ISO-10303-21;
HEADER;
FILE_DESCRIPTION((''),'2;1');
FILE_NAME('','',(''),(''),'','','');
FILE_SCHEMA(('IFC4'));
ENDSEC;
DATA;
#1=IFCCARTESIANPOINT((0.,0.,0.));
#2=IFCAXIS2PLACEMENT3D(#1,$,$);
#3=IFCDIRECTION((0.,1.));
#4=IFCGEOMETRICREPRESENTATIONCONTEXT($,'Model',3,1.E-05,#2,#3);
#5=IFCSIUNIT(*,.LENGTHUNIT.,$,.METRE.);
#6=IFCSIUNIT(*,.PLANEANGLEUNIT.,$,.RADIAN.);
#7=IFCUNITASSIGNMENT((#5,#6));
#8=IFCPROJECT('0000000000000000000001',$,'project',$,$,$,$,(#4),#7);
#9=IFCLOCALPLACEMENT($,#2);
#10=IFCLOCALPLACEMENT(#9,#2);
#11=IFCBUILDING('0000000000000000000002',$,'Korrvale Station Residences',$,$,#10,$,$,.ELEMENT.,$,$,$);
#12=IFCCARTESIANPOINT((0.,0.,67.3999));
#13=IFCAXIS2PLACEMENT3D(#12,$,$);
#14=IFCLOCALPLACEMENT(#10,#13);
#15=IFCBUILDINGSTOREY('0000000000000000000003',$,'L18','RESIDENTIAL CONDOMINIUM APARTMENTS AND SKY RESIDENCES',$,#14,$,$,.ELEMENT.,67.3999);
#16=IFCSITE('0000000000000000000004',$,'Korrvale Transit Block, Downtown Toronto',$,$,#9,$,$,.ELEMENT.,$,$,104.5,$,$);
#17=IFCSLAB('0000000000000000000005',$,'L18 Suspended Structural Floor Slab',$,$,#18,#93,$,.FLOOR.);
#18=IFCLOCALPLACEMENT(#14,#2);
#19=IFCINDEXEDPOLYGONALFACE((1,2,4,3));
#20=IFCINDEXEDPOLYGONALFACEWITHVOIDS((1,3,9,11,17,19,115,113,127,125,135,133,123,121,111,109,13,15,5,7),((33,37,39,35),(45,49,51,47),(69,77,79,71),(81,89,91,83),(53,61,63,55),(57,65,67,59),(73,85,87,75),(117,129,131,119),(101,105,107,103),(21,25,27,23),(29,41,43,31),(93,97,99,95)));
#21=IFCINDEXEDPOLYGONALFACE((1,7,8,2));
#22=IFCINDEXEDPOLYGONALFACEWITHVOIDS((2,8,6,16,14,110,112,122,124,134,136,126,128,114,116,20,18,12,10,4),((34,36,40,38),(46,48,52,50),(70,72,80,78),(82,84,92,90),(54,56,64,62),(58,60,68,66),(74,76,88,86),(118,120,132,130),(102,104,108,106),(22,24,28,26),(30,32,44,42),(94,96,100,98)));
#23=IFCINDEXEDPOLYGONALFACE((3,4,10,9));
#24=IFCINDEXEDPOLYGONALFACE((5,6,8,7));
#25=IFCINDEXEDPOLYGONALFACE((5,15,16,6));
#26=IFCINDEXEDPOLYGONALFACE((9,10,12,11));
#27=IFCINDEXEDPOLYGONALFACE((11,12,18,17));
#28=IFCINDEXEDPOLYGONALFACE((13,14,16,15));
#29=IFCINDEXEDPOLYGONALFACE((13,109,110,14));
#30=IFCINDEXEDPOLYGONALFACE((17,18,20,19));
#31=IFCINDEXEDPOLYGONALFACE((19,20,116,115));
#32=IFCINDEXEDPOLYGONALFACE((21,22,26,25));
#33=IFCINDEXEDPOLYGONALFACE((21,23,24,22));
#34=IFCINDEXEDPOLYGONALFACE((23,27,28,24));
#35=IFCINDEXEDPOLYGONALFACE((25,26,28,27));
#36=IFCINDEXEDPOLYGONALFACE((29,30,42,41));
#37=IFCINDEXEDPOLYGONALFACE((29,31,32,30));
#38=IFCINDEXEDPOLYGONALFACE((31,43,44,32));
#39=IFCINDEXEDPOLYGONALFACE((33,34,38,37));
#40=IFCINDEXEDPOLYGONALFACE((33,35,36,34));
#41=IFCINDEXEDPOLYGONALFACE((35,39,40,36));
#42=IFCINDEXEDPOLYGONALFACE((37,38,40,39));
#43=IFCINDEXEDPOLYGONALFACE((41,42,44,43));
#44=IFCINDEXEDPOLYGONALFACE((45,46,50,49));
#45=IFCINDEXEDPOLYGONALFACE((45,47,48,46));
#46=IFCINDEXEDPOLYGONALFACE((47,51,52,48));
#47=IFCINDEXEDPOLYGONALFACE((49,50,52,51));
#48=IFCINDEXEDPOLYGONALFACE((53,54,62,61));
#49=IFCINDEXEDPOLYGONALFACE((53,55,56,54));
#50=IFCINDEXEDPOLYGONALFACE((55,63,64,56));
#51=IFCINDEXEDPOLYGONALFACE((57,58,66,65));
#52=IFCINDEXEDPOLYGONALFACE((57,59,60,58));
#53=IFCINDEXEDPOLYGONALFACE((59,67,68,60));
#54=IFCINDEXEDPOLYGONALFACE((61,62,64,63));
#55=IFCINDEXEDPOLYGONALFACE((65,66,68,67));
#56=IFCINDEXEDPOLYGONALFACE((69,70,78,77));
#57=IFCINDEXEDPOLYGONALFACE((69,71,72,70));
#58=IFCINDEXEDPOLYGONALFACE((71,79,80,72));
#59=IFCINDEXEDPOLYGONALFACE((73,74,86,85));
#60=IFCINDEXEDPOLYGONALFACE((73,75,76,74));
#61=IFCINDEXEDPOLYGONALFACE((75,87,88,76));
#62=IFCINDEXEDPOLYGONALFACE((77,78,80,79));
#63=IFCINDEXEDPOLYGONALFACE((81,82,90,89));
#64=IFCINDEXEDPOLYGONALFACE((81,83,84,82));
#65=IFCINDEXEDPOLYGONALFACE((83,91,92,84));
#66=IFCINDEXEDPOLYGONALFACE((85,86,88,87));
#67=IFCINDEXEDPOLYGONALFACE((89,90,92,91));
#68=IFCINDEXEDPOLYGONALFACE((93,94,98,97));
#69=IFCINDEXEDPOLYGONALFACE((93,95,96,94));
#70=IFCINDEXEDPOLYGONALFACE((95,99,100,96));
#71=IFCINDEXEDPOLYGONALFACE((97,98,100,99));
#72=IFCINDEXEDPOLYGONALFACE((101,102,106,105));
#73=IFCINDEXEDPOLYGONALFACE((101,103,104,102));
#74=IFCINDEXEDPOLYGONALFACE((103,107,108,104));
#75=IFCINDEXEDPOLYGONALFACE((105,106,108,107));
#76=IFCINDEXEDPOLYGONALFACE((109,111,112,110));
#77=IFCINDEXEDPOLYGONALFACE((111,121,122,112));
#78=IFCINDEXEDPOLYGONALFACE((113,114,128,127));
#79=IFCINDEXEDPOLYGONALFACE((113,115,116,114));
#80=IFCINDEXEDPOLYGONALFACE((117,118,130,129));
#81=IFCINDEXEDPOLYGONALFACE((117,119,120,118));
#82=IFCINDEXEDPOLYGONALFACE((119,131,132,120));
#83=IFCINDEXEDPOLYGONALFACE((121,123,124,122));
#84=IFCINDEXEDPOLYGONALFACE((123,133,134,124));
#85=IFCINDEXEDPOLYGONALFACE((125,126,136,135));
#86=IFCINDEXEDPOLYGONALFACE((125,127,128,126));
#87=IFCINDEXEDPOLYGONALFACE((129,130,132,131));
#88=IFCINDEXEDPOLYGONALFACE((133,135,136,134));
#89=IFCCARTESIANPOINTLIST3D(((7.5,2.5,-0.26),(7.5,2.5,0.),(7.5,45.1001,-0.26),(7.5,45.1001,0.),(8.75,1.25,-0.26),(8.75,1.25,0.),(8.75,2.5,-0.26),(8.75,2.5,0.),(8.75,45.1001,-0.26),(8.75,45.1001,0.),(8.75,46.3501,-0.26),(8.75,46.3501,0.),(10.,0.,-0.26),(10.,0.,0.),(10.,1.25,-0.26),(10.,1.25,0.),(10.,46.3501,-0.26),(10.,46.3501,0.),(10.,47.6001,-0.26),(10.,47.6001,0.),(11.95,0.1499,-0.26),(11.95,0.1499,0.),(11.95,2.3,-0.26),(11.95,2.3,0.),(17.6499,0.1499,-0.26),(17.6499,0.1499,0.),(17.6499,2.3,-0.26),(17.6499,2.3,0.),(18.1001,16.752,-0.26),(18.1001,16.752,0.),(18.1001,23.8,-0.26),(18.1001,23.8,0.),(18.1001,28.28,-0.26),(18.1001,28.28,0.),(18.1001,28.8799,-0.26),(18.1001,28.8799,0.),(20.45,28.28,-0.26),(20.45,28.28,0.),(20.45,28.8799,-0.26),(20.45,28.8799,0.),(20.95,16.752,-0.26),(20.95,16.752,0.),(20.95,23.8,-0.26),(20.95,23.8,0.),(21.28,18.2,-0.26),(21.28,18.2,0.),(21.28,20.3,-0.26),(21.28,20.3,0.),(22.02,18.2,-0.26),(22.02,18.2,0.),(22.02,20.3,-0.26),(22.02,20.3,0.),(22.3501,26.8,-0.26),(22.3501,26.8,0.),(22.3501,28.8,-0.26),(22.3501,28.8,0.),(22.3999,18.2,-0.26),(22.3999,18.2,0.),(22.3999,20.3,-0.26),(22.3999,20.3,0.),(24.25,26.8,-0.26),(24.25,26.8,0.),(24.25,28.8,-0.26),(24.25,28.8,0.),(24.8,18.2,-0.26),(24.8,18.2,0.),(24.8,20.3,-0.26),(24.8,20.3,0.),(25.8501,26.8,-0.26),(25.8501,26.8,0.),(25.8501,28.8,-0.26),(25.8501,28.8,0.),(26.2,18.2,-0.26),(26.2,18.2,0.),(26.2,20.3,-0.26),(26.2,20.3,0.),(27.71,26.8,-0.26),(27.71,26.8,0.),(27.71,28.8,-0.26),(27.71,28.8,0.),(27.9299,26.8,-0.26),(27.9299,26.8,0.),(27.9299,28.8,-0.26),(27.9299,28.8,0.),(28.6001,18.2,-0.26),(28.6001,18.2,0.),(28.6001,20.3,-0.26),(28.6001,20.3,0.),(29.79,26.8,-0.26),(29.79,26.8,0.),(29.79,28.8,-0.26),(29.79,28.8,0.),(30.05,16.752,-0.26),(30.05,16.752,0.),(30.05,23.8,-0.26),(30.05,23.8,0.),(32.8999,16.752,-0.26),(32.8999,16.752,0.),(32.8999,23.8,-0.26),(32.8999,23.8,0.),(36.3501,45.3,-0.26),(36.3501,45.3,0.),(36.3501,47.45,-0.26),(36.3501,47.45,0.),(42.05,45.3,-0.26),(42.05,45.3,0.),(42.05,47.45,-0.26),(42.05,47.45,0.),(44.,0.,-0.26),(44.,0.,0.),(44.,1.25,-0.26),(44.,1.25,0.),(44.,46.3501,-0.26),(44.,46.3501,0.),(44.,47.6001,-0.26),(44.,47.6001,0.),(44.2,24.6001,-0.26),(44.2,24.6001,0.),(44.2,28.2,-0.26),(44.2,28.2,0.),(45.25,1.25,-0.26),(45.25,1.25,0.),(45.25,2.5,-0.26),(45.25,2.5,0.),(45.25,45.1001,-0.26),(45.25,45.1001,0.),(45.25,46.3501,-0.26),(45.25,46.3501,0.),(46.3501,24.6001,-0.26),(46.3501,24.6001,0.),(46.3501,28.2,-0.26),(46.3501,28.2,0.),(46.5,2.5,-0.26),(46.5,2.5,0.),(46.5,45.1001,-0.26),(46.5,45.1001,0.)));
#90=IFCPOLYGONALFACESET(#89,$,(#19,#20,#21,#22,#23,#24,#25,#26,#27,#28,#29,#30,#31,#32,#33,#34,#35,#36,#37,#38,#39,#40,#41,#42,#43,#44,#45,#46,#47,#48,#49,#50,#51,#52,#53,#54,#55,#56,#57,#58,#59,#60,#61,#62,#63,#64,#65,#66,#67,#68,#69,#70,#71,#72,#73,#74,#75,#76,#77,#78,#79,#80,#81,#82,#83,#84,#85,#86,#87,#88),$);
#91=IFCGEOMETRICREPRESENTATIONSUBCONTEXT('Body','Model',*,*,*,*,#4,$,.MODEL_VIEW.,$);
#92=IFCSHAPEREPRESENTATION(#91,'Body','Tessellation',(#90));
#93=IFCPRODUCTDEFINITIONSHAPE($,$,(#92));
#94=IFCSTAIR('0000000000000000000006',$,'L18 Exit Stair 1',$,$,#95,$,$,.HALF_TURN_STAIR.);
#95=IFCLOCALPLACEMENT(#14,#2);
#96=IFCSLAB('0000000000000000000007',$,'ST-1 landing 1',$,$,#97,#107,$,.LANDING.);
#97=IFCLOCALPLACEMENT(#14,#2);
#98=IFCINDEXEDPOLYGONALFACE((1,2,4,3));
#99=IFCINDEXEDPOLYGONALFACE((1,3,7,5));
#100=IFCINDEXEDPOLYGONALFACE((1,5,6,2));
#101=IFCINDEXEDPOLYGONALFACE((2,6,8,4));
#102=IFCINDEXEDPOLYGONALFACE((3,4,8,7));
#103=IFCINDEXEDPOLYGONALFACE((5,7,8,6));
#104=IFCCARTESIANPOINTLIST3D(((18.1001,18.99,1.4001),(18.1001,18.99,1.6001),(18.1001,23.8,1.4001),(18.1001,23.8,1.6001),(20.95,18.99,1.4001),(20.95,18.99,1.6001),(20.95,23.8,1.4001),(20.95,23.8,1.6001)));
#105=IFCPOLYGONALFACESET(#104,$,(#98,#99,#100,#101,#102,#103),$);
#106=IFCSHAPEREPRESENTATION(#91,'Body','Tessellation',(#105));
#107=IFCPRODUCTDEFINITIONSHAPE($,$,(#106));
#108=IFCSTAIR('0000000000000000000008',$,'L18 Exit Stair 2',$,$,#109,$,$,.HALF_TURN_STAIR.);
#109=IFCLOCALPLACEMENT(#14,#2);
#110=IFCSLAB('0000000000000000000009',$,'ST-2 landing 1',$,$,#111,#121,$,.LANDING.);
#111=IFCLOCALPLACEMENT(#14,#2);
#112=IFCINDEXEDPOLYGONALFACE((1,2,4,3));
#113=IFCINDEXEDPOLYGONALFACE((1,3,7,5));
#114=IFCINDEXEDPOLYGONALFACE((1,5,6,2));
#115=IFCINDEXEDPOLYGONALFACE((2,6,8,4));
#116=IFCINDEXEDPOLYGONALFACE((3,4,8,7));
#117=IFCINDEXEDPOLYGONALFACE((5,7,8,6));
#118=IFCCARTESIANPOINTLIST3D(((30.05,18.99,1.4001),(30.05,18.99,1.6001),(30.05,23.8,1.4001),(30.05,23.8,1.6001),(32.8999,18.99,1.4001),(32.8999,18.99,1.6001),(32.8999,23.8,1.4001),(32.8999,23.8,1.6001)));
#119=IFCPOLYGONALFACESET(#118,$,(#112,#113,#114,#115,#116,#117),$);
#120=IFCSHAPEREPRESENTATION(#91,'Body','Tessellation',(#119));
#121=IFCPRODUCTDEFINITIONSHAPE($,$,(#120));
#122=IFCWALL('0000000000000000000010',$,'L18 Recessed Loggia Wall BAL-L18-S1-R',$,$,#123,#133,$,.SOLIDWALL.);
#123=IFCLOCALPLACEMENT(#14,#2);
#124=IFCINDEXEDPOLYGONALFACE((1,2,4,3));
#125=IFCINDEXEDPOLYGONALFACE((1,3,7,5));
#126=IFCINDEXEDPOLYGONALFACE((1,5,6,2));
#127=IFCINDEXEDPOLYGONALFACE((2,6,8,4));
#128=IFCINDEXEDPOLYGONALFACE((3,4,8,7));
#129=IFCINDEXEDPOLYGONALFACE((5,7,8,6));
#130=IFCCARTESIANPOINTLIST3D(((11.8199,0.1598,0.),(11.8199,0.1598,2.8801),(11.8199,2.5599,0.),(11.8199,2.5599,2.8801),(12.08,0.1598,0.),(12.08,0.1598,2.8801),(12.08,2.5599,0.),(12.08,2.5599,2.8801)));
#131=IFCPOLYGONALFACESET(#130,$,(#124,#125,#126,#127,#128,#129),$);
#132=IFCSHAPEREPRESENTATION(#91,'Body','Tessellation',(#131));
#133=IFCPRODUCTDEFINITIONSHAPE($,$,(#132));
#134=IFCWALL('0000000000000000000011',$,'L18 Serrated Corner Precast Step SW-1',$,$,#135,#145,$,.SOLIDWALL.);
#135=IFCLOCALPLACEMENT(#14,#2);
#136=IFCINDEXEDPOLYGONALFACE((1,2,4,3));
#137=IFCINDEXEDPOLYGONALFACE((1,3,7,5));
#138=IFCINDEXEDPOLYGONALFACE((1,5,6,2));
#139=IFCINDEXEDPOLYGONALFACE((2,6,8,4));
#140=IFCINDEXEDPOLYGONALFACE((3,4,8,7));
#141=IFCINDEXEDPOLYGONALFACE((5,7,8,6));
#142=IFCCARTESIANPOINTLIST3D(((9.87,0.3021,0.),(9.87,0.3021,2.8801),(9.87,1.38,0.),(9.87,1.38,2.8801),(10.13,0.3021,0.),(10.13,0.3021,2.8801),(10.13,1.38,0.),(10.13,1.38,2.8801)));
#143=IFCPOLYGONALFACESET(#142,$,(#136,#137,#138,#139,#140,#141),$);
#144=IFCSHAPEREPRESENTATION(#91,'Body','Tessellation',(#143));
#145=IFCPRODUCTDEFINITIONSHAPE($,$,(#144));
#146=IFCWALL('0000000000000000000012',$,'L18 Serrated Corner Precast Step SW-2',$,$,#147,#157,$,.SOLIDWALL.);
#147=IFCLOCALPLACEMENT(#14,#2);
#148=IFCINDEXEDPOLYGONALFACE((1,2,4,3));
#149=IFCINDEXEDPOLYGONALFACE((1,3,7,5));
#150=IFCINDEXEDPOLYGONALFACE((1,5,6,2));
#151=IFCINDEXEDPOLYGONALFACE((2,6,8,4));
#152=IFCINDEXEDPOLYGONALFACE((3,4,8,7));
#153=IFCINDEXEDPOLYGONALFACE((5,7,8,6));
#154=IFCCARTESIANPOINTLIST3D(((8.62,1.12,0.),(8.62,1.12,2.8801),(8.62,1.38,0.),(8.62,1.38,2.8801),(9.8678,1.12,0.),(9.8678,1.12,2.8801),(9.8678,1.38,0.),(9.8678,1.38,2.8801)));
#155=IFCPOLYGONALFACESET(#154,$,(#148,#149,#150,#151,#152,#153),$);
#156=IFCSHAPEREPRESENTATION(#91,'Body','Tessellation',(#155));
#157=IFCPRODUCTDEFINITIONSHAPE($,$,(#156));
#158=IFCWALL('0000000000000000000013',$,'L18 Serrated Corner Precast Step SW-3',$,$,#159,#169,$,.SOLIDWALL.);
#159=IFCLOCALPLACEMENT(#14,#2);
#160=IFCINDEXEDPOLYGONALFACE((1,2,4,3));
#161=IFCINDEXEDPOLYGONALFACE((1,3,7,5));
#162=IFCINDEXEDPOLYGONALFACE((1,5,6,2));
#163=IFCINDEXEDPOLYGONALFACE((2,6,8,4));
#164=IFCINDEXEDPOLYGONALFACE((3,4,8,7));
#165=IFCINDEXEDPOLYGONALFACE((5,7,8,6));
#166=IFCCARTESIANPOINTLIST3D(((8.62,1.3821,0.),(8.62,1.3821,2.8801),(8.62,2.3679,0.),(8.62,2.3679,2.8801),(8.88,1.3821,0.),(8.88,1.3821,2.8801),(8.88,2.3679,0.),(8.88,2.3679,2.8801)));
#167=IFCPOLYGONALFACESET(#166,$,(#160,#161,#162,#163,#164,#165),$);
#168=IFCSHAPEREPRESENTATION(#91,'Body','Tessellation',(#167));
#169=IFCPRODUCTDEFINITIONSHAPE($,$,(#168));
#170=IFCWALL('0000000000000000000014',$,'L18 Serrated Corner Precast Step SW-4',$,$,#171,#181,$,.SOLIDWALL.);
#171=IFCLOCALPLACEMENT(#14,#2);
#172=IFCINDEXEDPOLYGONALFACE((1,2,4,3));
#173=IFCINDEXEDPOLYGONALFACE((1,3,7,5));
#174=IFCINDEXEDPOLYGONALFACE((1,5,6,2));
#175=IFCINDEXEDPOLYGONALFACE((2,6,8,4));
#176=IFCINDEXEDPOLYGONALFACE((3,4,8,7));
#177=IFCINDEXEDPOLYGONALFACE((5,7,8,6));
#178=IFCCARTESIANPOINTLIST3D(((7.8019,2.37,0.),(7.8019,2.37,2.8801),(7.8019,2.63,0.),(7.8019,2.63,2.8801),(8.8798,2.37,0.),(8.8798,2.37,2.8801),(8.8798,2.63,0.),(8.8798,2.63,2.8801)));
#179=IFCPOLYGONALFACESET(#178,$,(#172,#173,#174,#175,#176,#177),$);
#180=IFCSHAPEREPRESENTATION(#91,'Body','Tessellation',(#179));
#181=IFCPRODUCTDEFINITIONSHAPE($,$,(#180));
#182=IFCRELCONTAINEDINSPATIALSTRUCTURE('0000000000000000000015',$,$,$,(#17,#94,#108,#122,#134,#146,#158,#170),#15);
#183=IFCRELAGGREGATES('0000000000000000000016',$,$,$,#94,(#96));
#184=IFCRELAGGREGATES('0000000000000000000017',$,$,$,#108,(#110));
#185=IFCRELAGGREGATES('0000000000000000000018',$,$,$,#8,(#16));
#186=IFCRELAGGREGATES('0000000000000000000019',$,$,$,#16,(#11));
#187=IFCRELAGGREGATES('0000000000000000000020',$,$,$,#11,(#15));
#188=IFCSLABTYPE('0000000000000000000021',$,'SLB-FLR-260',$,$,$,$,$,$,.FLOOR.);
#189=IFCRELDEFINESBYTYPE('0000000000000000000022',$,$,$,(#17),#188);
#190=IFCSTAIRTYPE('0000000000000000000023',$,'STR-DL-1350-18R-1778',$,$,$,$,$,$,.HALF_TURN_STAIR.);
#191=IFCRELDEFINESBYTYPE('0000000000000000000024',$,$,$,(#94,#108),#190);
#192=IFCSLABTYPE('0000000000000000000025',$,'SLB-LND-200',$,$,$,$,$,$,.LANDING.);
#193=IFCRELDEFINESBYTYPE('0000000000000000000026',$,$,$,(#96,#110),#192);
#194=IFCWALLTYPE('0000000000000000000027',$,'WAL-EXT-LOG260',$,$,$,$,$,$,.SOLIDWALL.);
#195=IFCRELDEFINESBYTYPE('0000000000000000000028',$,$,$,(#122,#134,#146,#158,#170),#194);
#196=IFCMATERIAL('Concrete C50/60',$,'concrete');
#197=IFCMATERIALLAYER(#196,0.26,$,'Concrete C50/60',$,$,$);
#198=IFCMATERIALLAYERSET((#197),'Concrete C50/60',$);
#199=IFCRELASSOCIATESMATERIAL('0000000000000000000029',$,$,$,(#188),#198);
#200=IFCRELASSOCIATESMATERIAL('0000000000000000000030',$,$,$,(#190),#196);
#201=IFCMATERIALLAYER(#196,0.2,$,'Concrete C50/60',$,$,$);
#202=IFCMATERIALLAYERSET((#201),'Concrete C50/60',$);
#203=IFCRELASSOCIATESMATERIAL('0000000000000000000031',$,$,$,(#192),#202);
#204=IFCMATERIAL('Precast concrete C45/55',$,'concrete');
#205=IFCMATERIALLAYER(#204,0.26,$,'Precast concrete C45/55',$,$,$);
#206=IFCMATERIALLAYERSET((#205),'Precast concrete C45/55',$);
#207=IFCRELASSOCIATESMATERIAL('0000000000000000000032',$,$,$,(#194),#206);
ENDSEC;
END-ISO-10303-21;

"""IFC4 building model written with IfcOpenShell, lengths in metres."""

from ifc_helpers import new_model, si_unit, direction, frame, frame_2d, origin, place, context, subcontext, project, spatial, polyline, rectangle, outline, extrude, material, layer, layer_set, type_object, element, aggregate, save


model = new_model("IFC4")

# Units and contexts
model_context = context("Model", 3, precision=1e-05, world=origin(), true_north=direction((0.0, 1.0)))
body_context = subcontext(model_context, "Body", "Model", "MODEL_VIEW")
ifc_project = project(units=[si_unit("LENGTHUNIT", "METRE"), si_unit("PLANEANGLEUNIT", "RADIAN")], contexts=[model_context])

# Site, building, storey
site_placement = place(None, origin())
site = spatial("IfcSite", under=ifc_project, at=site_placement, Name="Korrvale Transit Block, Downtown Toronto", CompositionType="ELEMENT", RefElevation=104.5)
building_placement = place(site_placement, origin())
building = spatial("IfcBuilding", under=site, at=building_placement, Name="Korrvale Station Residences", CompositionType="ELEMENT")
storey_placement = place(building_placement, frame((0.0, 0.0, 67.3999)))
storey = spatial("IfcBuildingStorey", under=building, at=storey_placement, Name="L18", Description="RESIDENTIAL CONDOMINIUM APARTMENTS AND SKY RESIDENCES", CompositionType="ELEMENT", Elevation=67.3999)

# Slab
ifc_material_1 = material(Name="Concrete C50/60", Category="concrete")
ifc_layer_1 = layer(ifc_material_1, 0.26, Name="Concrete C50/60")
ifc_layer_set_1 = layer_set([ifc_layer_1], Name="Concrete C50/60")
slab_type_1 = type_object("IfcSlabType", Name="SLB-FLR-260", PredefinedType="FLOOR", material=ifc_layer_set_1)
slab_1_placement = place(storey_placement, frame((0.0, 0.0, -0.26)))
element("IfcSlab", 1, at=slab_1_placement, inside=storey, type_object=slab_type_1, Name="L18 Suspended Structural Floor Slab", PredefinedType="FLOOR", context=body_context, shape_type="SweptSolid", body=[
    extrude(outline(polyline([(10.0, 0.0), (44.0, 0.0), (44.0, 1.25), (45.25, 1.25), (45.25, 2.5), (46.5, 2.5), (46.5, 45.1001), (45.25, 45.1001), (45.25, 46.3501), (44.0, 46.3501), (44.0, 47.6001), (10.0, 47.6001), (10.0, 46.3501), (8.75, 46.3501), (8.75, 45.1001), (7.5, 45.1001), (7.5, 2.5), (8.75, 2.5), (8.75, 1.25), (10.0, 1.25), (10.0, 0.0)]), holes=[polyline([(20.95, 16.752), (20.95, 23.8), (18.1001, 23.8), (18.1001, 16.752), (20.95, 16.752)]), polyline([(32.8999, 16.752), (32.8999, 23.8), (30.05, 23.8), (30.05, 16.752), (32.8999, 16.752)]), polyline([(22.3501, 26.8), (24.25, 26.8), (24.25, 28.8), (22.3501, 28.8), (22.3501, 26.8)]), polyline([(25.8501, 26.8), (27.71, 26.8), (27.71, 28.8), (25.8501, 28.8), (25.8501, 26.8)]), polyline([(27.9299, 26.8), (29.79, 26.8), (29.79, 28.8), (27.9299, 28.8), (27.9299, 26.8)]), polyline([(22.3999, 18.2), (24.8, 18.2), (24.8, 20.3), (22.3999, 20.3), (22.3999, 18.2)]), polyline([(26.2, 18.2), (28.6001, 18.2), (28.6001, 20.3), (26.2, 20.3), (26.2, 18.2)]), polyline([(18.1001, 28.28), (20.45, 28.28), (20.45, 28.8799), (18.1001, 28.8799), (18.1001, 28.28)]), polyline([(21.28, 18.2), (22.02, 18.2), (22.02, 20.3), (21.28, 20.3), (21.28, 18.2)]), polyline([(11.95, 0.1499), (17.6499, 0.1499), (17.6499, 2.3), (11.95, 2.3), (11.95, 0.1499)]), polyline([(36.3501, 45.3), (42.05, 45.3), (42.05, 47.45), (36.3501, 47.45), (36.3501, 45.3)]), polyline([(44.2, 24.6001), (46.3501, 24.6001), (46.3501, 28.2), (44.2, 28.2), (44.2, 24.6001)])]), origin(), (0.0, 0.0, 1.0), 0.26),
])

# Stairs, slabs
stair_type = type_object("IfcStairType", Name="STR-DL-1350-18R-1778", PredefinedType="HALF_TURN_STAIR", material=ifc_material_1)
stair_1_placement = place(storey_placement, origin())
stair_1 = element("IfcStair", 2, at=stair_1_placement, inside=storey, type_object=stair_type, Name="L18 Exit Stair 1", PredefinedType="HALF_TURN_STAIR")
ifc_layer_2 = layer(ifc_material_1, 0.2, Name="Concrete C50/60")
ifc_layer_set_2 = layer_set([ifc_layer_2], Name="Concrete C50/60")
slab_type_2 = type_object("IfcSlabType", Name="SLB-LND-200", PredefinedType="LANDING", material=ifc_layer_set_2)
slab_2_placement = place(storey_placement, frame((0.0, 0.0, 1.4001)))
slab_2 = element("IfcSlab", 3, at=slab_2_placement, type_object=slab_type_2, Name="ST-1 landing 1", PredefinedType="LANDING", context=body_context, shape_type="SweptSolid", body=[
    extrude(outline(polyline([(20.95, 18.99), (20.95, 23.8), (18.1001, 23.8), (18.1001, 18.99), (20.95, 18.99)])), origin(), (0.0, 0.0, 1.0), 0.2),
])
aggregate(stair_1, [slab_2])
stair_2_placement = place(storey_placement, origin())
stair_2 = element("IfcStair", 4, at=stair_2_placement, inside=storey, type_object=stair_type, Name="L18 Exit Stair 2", PredefinedType="HALF_TURN_STAIR")
slab_3_placement = place(storey_placement, frame((0.0, 0.0, 1.4001)))
slab_3 = element("IfcSlab", 5, at=slab_3_placement, type_object=slab_type_2, Name="ST-2 landing 1", PredefinedType="LANDING", context=body_context, shape_type="SweptSolid", body=[
    extrude(outline(polyline([(32.8999, 18.99), (32.8999, 23.8), (30.05, 23.8), (30.05, 18.99), (32.8999, 18.99)])), origin(), (0.0, 0.0, 1.0), 0.2),
])
aggregate(stair_2, [slab_3])

# Walls
ifc_material_2 = material(Name="Precast concrete C45/55", Category="concrete")
ifc_layer_3 = layer(ifc_material_2, 0.26, Name="Precast concrete C45/55")
ifc_layer_set_3 = layer_set([ifc_layer_3], Name="Precast concrete C45/55")
wall_type_1 = type_object("IfcWallType", Name="WAL-EXT-LOG260", PredefinedType="SOLIDWALL", material=ifc_layer_set_3)
wall_1_placement = place(storey_placement, frame((11.95, 2.5601, 0.0), z_axis=(0.0, 0.0, 1.0), x_axis=(0.0, -1.0, 0.0)))
element("IfcWall", 6, at=wall_1_placement, inside=storey, type_object=wall_type_1, Name="L18 Recessed Loggia Wall BAL-L18-S1-R", PredefinedType="SOLIDWALL", context=body_context, shape_type="SweptSolid", body=[
    extrude(rectangle(XDim=2.4001, YDim=0.26, at=frame_2d((1.2002, 0.0))), origin(), (0.0, 0.0, 1.0), 2.8801),
])
wall_2_placement = place(storey_placement, frame((10.0, 0.302, 0.0), z_axis=(0.0, 0.0, 1.0), x_axis=(0.0, 1.0, 0.0)))
element("IfcWall", 7, at=wall_2_placement, inside=storey, type_object=wall_type_1, Name="L18 Serrated Corner Precast Step SW-1", PredefinedType="SOLIDWALL", context=body_context, shape_type="SweptSolid", body=[
    extrude(rectangle(XDim=1.0779, YDim=0.26, at=frame_2d((0.5391, 0.0))), origin(), (0.0, 0.0, 1.0), 2.8801),
])
wall_3_placement = place(storey_placement, frame((9.8679, 1.25, 0.0), z_axis=(0.0, 0.0, 1.0), x_axis=(-1.0, 0.0, 0.0)))
element("IfcWall", 8, at=wall_3_placement, inside=storey, type_object=wall_type_1, Name="L18 Serrated Corner Precast Step SW-2", PredefinedType="SOLIDWALL", context=body_context, shape_type="SweptSolid", body=[
    extrude(rectangle(XDim=1.2478, YDim=0.26, at=frame_2d((0.624, 0.0))), origin(), (0.0, 0.0, 1.0), 2.8801),
])
wall_4_placement = place(storey_placement, frame((8.75, 1.3821, 0.0), z_axis=(0.0, 0.0, 1.0), x_axis=(0.0, 1.0, 0.0)))
element("IfcWall", 9, at=wall_4_placement, inside=storey, type_object=wall_type_1, Name="L18 Serrated Corner Precast Step SW-3", PredefinedType="SOLIDWALL", context=body_context, shape_type="SweptSolid", body=[
    extrude(rectangle(XDim=0.9858, YDim=0.26, at=frame_2d((0.4929, 0.0))), origin(), (0.0, 0.0, 1.0), 2.8801),
])
wall_5_placement = place(storey_placement, frame((8.8799, 2.5, 0.0), z_axis=(0.0, 0.0, 1.0), x_axis=(-1.0, 0.0, 0.0)))
element("IfcWall", 10, at=wall_5_placement, inside=storey, type_object=wall_type_1, Name="L18 Serrated Corner Precast Step SW-4", PredefinedType="SOLIDWALL", context=body_context, shape_type="SweptSolid", body=[
    extrude(rectangle(XDim=1.0779, YDim=0.26, at=frame_2d((0.5391, 0.0))), origin(), (0.0, 0.0, 1.0), 2.8801),
])

save(model, "model.ifc")
